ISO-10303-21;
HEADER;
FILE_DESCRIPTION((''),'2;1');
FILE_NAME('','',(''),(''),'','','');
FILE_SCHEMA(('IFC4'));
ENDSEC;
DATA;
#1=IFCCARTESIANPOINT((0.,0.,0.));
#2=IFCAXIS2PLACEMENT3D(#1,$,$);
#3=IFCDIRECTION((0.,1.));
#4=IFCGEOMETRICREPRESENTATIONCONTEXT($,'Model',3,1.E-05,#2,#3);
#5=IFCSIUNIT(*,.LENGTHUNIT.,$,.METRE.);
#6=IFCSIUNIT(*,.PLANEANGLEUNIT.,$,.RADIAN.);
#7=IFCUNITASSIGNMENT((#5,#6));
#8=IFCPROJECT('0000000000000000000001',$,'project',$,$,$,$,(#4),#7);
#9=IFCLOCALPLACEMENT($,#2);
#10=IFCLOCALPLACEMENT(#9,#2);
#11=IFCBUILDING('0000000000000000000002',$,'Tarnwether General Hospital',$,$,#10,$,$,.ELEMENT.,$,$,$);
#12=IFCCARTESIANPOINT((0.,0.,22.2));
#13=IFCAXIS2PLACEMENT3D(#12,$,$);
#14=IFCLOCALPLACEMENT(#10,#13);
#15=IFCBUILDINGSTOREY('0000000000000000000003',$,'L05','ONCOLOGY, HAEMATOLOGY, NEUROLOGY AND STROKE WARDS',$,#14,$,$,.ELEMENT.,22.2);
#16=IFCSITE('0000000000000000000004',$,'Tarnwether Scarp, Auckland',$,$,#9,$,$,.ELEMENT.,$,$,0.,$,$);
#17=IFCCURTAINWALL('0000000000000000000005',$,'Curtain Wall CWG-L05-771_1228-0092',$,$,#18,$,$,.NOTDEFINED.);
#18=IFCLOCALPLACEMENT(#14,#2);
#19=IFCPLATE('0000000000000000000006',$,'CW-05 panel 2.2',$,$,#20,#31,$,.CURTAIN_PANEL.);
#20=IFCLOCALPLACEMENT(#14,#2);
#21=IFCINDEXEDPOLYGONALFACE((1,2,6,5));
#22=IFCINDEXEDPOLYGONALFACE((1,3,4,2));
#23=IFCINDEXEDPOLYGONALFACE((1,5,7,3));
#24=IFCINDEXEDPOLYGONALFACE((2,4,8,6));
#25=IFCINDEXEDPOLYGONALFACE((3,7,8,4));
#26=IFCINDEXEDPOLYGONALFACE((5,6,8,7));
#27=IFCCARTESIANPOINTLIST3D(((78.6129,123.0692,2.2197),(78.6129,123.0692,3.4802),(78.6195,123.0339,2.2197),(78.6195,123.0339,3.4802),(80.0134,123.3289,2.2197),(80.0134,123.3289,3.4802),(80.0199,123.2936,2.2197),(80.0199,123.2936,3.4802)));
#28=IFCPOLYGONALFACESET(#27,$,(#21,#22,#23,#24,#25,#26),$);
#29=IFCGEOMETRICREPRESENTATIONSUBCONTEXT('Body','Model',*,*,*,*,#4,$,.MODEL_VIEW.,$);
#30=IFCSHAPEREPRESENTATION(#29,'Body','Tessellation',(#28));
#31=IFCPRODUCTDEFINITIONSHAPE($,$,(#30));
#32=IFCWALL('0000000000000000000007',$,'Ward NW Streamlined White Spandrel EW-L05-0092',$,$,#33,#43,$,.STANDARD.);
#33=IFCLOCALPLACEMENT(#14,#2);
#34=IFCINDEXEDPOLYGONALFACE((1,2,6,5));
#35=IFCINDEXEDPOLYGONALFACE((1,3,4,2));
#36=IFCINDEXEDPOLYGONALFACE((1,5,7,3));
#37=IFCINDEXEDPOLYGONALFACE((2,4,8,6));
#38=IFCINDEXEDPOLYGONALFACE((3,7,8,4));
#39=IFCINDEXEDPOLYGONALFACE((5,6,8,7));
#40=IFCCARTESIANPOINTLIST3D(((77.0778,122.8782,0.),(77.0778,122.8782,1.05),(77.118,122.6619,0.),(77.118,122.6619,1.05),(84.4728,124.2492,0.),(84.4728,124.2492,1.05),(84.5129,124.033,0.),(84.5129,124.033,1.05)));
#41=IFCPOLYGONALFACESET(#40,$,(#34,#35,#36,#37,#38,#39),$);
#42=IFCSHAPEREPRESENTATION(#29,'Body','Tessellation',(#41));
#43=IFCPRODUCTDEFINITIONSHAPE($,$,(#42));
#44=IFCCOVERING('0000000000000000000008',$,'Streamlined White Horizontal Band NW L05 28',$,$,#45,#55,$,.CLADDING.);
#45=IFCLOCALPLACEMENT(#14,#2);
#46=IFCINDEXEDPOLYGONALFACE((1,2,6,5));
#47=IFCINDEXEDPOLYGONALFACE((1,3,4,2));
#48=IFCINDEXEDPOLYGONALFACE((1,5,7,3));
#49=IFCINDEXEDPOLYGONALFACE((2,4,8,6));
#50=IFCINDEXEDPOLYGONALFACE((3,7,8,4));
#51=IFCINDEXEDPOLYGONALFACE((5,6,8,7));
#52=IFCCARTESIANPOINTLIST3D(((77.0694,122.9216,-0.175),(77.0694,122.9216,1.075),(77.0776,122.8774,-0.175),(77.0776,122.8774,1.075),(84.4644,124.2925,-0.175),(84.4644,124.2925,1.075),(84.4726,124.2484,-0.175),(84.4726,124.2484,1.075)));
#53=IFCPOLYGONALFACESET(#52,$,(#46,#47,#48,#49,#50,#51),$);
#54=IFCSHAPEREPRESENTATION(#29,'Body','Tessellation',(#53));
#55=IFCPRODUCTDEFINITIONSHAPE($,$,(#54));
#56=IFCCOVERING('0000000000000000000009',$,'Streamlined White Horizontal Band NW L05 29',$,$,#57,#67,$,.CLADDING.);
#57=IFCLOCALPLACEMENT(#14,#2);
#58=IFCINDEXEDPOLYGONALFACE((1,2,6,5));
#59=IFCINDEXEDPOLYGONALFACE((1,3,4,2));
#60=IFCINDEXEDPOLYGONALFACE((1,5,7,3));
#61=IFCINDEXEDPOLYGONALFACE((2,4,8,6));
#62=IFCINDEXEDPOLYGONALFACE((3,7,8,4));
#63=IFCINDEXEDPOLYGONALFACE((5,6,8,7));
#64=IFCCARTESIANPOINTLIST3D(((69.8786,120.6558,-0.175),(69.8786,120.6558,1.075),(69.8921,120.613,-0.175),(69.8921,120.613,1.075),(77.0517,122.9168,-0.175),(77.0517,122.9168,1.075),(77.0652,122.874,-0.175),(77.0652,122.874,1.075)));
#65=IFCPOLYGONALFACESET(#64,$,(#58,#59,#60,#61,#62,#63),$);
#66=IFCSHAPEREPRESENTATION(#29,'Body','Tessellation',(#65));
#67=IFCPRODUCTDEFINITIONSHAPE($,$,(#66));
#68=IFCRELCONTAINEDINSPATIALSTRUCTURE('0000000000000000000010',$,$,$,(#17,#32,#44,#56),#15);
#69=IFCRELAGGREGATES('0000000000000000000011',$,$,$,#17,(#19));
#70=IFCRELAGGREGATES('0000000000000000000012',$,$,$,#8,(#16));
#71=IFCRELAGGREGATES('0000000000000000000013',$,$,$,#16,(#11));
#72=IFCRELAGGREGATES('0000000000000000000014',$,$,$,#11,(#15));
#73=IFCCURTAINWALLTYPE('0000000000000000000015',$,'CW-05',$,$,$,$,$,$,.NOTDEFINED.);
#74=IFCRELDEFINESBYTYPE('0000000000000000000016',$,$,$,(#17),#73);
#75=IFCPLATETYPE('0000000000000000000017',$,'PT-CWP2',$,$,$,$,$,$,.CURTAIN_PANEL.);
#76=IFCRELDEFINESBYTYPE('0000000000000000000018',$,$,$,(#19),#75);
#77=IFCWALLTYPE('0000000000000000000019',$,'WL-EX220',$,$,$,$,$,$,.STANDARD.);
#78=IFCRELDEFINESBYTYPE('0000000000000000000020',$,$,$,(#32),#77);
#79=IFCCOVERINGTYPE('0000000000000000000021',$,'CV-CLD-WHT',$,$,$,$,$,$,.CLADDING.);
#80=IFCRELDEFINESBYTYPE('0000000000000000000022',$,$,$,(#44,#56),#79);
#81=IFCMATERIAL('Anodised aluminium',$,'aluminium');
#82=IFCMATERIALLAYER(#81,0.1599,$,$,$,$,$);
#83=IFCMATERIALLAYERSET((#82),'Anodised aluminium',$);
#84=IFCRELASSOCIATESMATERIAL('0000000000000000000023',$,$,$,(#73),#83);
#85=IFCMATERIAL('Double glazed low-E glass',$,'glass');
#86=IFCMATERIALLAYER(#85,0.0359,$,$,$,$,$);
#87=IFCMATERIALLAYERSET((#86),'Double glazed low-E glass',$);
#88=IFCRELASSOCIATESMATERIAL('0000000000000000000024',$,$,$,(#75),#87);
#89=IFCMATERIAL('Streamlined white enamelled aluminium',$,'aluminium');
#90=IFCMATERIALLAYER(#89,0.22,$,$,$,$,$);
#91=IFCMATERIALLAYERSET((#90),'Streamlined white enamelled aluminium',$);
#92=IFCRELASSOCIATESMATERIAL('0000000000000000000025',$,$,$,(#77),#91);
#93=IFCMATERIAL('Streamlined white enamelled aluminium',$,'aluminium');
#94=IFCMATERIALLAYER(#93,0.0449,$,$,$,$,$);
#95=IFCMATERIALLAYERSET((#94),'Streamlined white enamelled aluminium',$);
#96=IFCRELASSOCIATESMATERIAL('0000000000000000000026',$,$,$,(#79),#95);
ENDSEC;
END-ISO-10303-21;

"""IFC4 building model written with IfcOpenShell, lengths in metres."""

from ifc_helpers import new_model, si_unit, direction, frame, frame_2d, origin, origin_2d, place, context, subcontext, project, spatial, rectangle, extrude, material, layer, layer_set, type_object, element, aggregate, save


model = new_model("IFC4")

# Units and contexts
model_context = context("Model", 3, precision=1e-05, world=origin(), true_north=direction((0.0, 1.0)))
body_context = subcontext(model_context, "Body", "Model", "MODEL_VIEW")
ifc_project = project(units=[si_unit("LENGTHUNIT", "METRE"), si_unit("PLANEANGLEUNIT", "RADIAN")], contexts=[model_context])

# Site, building, storey
site_placement = place(None, origin())
site = spatial("IfcSite", under=ifc_project, at=site_placement, Name="Tarnwether Scarp, Auckland", CompositionType="ELEMENT", RefElevation=0.0)
building_placement = place(site_placement, origin())
building = spatial("IfcBuilding", under=site, at=building_placement, Name="Tarnwether General Hospital", CompositionType="ELEMENT")
storey_placement = place(building_placement, frame((0.0, 0.0, 22.2)))
storey = spatial("IfcBuildingStorey", under=building, at=storey_placement, Name="L05", Description="ONCOLOGY, HAEMATOLOGY, NEUROLOGY AND STROKE WARDS", CompositionType="ELEMENT", Elevation=22.2)

# Curtain wall
ifc_material_1 = material(Name="Anodised aluminium", Category="aluminium")
ifc_layer_1 = layer(ifc_material_1, 0.1599)
ifc_layer_set_1 = layer_set([ifc_layer_1], Name="Anodised aluminium")
curtain_wall_type = type_object("IfcCurtainWallType", Name="CW-05", PredefinedType="NOTDEFINED", material=ifc_layer_set_1)
curtain_wall_1_placement = place(storey_placement, origin())
curtain_wall_1 = element("IfcCurtainWall", 1, at=curtain_wall_1_placement, inside=storey, type_object=curtain_wall_type, Name="Curtain Wall CWG-L05-771_1228-0092", PredefinedType="NOTDEFINED")

# Plate
ifc_material_2 = material(Name="Double glazed low-E glass", Category="glass")
ifc_layer_2 = layer(ifc_material_2, 0.0359)
ifc_layer_set_2 = layer_set([ifc_layer_2], Name="Double glazed low-E glass")
plate_type_1 = type_object("IfcPlateType", Name="PT-CWP2", PredefinedType="CURTAIN_PANEL", material=ifc_layer_set_2)
plate_1_placement = place(storey_placement, frame((79.3164, 123.1814, 2.2197), z_axis=(0.0, 0.0, 1.0), x_axis=(0.983245, 0.182289, 0.0)))
plate_1 = element("IfcPlate", 2, at=plate_1_placement, type_object=plate_type_1, Name="CW-05 panel 2.2", PredefinedType="CURTAIN_PANEL", context=body_context, shape_type="SweptSolid", body=[
    extrude(rectangle(XDim=1.4243, YDim=0.0359, at=origin_2d()), origin(), (0.0, 0.0, 1.0), 1.2605),
])
aggregate(curtain_wall_1, [plate_1])

# Wall
ifc_material_3 = material(Name="Streamlined white enamelled aluminium", Category="aluminium")
ifc_layer_3 = layer(ifc_material_3, 0.22)
ifc_layer_set_3 = layer_set([ifc_layer_3], Name="Streamlined white enamelled aluminium")
wall_type = type_object("IfcWallType", Name="WL-EX220", PredefinedType="STANDARD", material=ifc_layer_set_3)
wall_placement = place(storey_placement, frame((77.0979, 122.77, 0.0), z_axis=(0.0, 0.0, 1.0), x_axis=(0.983243, 0.182301, 0.0)))
element("IfcWall", 3, at=wall_placement, inside=storey, type_object=wall_type, Name="Ward NW Streamlined White Spandrel EW-L05-0092", PredefinedType="STANDARD", context=body_context, shape_type="SweptSolid", body=[
    extrude(rectangle(XDim=7.521, YDim=0.22, at=frame_2d((3.7605, 0.0))), origin(), (0.0, 0.0, 1.0), 1.05),
])

# Coverings
ifc_material_4 = material(Name="Streamlined white enamelled aluminium", Category="aluminium")
ifc_layer_4 = layer(ifc_material_4, 0.0449)
ifc_layer_set_4 = layer_set([ifc_layer_4], Name="Streamlined white enamelled aluminium")
covering_type = type_object("IfcCoveringType", Name="CV-CLD-WHT", PredefinedType="CLADDING", material=ifc_layer_set_4)
for number, where, z_axis, x_axis, name in (
    (4, (80.771, 123.585, -0.175), (0.0, 0.0, 1.0), (0.983245, 0.182287, 0.0), "Streamlined White Horizontal Band NW L05 28"),
    (5, (73.4719, 121.7649, -0.175), (0.0, 0.0, 1.0), (0.953743, 0.300623, 0.0), "Streamlined White Horizontal Band NW L05 29"),
):
    element("IfcCovering", number, at=place(storey_placement, frame(where, z_axis=z_axis, x_axis=x_axis)), inside=storey, type_object=covering_type, Name=name, PredefinedType="CLADDING", context=body_context, shape_type="SweptSolid", body=[
        extrude(rectangle(XDim=7.521, YDim=0.0449, at=origin_2d()), origin(), (0.0, 0.0, 1.0), 1.25),
    ])

save(model, "model.ifc")
